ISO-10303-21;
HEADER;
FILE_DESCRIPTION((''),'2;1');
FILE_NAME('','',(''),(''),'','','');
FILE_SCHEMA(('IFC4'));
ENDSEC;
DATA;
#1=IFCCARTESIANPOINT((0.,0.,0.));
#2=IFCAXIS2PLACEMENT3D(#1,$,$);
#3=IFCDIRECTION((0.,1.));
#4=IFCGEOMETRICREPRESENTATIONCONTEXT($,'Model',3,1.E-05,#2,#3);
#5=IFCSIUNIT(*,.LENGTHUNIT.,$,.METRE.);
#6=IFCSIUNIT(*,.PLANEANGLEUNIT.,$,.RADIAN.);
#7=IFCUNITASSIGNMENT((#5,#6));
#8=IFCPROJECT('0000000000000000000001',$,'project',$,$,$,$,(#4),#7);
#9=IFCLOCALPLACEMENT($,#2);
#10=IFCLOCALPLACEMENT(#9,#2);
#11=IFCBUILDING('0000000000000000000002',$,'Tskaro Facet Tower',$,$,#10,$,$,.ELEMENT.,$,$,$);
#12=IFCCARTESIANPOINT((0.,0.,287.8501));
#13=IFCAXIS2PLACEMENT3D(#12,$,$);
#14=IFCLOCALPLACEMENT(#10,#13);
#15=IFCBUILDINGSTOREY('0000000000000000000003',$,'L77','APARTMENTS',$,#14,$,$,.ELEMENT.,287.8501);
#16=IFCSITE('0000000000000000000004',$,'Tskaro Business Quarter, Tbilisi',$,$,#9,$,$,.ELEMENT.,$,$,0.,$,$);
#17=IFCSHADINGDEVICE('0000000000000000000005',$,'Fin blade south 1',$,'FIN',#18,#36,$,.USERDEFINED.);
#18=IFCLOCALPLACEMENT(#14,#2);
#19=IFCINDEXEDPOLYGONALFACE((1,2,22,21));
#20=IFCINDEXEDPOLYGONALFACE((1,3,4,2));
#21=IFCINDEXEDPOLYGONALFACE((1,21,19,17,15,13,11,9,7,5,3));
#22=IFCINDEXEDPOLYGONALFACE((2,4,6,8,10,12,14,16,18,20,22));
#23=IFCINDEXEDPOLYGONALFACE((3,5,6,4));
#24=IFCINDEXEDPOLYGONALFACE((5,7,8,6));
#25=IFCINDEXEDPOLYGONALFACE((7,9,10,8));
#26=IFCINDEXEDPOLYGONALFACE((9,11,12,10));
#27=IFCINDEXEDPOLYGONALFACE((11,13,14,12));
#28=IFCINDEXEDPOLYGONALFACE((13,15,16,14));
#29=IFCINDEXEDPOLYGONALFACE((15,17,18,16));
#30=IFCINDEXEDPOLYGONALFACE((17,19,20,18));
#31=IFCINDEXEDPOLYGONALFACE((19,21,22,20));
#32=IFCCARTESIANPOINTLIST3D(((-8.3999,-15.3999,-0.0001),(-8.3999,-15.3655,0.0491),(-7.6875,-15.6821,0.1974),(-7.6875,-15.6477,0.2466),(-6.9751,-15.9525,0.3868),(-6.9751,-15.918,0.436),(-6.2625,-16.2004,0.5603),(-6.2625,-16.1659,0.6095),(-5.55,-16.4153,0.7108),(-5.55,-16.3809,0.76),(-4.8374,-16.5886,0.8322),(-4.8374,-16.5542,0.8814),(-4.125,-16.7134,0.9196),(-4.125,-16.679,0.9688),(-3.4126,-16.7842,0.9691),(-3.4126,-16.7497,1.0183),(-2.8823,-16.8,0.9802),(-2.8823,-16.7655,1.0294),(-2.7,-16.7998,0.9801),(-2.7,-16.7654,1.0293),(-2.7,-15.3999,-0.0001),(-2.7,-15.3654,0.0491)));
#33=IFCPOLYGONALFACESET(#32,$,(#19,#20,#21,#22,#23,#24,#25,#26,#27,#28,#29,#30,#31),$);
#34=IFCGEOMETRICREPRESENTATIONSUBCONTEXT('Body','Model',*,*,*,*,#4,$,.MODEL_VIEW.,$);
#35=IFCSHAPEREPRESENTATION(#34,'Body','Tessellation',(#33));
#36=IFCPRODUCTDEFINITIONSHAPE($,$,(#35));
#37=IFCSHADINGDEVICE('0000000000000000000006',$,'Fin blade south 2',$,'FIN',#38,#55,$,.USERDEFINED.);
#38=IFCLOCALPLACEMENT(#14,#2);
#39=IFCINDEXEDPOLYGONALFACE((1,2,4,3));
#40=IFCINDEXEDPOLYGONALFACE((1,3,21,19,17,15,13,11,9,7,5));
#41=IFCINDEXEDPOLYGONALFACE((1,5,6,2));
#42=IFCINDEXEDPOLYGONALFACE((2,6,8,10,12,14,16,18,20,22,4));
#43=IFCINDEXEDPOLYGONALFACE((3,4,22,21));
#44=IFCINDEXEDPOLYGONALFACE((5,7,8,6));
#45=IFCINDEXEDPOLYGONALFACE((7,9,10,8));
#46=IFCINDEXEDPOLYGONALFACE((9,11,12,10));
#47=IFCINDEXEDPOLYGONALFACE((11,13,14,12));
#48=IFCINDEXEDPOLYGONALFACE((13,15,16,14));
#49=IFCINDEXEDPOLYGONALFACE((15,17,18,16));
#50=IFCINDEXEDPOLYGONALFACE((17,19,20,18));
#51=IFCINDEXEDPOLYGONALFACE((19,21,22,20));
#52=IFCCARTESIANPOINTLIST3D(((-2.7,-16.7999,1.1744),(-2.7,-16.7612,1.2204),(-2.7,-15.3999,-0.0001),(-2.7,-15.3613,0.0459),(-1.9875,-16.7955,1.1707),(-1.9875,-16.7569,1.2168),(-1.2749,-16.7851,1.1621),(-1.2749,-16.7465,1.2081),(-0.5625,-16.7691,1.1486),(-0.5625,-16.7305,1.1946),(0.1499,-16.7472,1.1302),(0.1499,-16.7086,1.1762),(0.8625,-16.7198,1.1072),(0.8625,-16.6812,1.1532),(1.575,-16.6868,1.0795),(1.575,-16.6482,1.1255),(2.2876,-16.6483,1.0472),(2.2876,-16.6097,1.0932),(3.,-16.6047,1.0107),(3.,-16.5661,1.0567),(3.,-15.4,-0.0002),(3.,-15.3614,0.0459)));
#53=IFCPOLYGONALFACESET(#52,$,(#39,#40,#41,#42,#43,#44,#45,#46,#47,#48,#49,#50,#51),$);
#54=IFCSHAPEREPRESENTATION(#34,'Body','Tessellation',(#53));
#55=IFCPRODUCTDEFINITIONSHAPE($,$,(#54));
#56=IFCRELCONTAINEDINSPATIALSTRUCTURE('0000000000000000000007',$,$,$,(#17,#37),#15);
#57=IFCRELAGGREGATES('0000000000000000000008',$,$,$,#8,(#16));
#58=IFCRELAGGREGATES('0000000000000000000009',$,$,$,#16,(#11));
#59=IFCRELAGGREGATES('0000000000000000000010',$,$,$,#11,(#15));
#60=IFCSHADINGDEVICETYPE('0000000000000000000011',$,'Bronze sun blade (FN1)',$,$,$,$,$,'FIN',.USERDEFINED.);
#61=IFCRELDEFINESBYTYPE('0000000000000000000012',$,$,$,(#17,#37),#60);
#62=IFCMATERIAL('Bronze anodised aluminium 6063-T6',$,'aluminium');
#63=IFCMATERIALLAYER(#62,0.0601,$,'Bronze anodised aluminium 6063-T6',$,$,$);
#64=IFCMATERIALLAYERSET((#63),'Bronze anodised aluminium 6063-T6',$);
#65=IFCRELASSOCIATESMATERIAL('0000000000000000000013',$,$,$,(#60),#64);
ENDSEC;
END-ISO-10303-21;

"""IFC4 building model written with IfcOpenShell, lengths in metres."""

from ifc_helpers import new_model, si_unit, direction, frame, origin, place, context, subcontext, project, spatial, polyline, outline, extrude, material, layer, layer_set, type_object, element, save


model = new_model("IFC4")

# Units and contexts
model_context = context("Model", 3, precision=1e-05, world=origin(), true_north=direction((0.0, 1.0)))
body_context = subcontext(model_context, "Body", "Model", "MODEL_VIEW")
ifc_project = project(units=[si_unit("LENGTHUNIT", "METRE"), si_unit("PLANEANGLEUNIT", "RADIAN")], contexts=[model_context])

# Site, building, storey
site_placement = place(None, origin())
site = spatial("IfcSite", under=ifc_project, at=site_placement, Name="Tskaro Business Quarter, Tbilisi", CompositionType="ELEMENT", RefElevation=0.0)
building_placement = place(site_placement, origin())
building = spatial("IfcBuilding", under=site, at=building_placement, Name="Tskaro Facet Tower", CompositionType="ELEMENT")
storey_placement = place(building_placement, frame((0.0, 0.0, 287.8501)))
storey = spatial("IfcBuildingStorey", under=building, at=storey_placement, Name="L77", Description="APARTMENTS", CompositionType="ELEMENT", Elevation=287.8501)

# Shared definitions
ifc_material_1 = material(Name="Bronze anodised aluminium 6063-T6", Category="aluminium")

# Shading devices
ifc_layer_1 = layer(ifc_material_1, 0.0601, Name="Bronze anodised aluminium 6063-T6")
ifc_layer_set_1 = layer_set([ifc_layer_1], Name="Bronze anodised aluminium 6063-T6")
shading_device_type = type_object("IfcShadingDeviceType", Name="Bronze sun blade (FN1)", ElementType="FIN", PredefinedType="USERDEFINED", material=ifc_layer_set_1)
shading_device_1_placement = place(storey_placement, frame((-8.3999, -15.3655, 0.0491), z_axis=(-0.000013, 0.573538, 0.819179), x_axis=(1.0, 0.000008, 0.000011)))
element("IfcShadingDevice", 1, at=shading_device_1_placement, inside=storey, type_object=shading_device_type, Name="Fin blade south 1", ObjectType="FIN", PredefinedType="USERDEFINED", context=body_context, shape_type="SweptSolid", body=[
    extrude(outline(polyline([(0.0, 0.0), (5.7, 0.0), (5.7, -1.709), (5.5176, -1.7092), (4.9873, -1.6899), (4.2749, -1.6034), (3.5625, -1.4511), (2.8499, -1.2395), (2.1375, -0.9771), (1.4248, -0.6745), (0.7124, -0.3445), (0.0, 0.0)])), origin(), (0.0, 0.0, -1.0), 0.0601),
])
shading_device_2_placement = place(storey_placement, frame((-2.7, -15.3613, 0.0459), z_axis=(0.00001, 0.642744, 0.766081), x_axis=(1.0, -0.000006, -0.000008)))
element("IfcShadingDevice", 2, at=shading_device_2_placement, inside=storey, type_object=shading_device_type, Name="Fin blade south 2", ObjectType="FIN", PredefinedType="USERDEFINED", context=body_context, shape_type="SweptSolid", body=[
    extrude(outline(polyline([(0.0, 0.0), (5.7, 0.0), (5.7, -1.5726), (4.9875, -1.6295), (4.2749, -1.6797), (3.5625, -1.7229), (2.8499, -1.7586), (2.1375, -1.7872), (1.425, -1.8082), (0.7124, -1.8217), (0.0, -1.8274), (0.0, 0.0)])), origin(), (0.0, 0.0, -1.0), 0.0601),
])

save(model, "model.ifc")
